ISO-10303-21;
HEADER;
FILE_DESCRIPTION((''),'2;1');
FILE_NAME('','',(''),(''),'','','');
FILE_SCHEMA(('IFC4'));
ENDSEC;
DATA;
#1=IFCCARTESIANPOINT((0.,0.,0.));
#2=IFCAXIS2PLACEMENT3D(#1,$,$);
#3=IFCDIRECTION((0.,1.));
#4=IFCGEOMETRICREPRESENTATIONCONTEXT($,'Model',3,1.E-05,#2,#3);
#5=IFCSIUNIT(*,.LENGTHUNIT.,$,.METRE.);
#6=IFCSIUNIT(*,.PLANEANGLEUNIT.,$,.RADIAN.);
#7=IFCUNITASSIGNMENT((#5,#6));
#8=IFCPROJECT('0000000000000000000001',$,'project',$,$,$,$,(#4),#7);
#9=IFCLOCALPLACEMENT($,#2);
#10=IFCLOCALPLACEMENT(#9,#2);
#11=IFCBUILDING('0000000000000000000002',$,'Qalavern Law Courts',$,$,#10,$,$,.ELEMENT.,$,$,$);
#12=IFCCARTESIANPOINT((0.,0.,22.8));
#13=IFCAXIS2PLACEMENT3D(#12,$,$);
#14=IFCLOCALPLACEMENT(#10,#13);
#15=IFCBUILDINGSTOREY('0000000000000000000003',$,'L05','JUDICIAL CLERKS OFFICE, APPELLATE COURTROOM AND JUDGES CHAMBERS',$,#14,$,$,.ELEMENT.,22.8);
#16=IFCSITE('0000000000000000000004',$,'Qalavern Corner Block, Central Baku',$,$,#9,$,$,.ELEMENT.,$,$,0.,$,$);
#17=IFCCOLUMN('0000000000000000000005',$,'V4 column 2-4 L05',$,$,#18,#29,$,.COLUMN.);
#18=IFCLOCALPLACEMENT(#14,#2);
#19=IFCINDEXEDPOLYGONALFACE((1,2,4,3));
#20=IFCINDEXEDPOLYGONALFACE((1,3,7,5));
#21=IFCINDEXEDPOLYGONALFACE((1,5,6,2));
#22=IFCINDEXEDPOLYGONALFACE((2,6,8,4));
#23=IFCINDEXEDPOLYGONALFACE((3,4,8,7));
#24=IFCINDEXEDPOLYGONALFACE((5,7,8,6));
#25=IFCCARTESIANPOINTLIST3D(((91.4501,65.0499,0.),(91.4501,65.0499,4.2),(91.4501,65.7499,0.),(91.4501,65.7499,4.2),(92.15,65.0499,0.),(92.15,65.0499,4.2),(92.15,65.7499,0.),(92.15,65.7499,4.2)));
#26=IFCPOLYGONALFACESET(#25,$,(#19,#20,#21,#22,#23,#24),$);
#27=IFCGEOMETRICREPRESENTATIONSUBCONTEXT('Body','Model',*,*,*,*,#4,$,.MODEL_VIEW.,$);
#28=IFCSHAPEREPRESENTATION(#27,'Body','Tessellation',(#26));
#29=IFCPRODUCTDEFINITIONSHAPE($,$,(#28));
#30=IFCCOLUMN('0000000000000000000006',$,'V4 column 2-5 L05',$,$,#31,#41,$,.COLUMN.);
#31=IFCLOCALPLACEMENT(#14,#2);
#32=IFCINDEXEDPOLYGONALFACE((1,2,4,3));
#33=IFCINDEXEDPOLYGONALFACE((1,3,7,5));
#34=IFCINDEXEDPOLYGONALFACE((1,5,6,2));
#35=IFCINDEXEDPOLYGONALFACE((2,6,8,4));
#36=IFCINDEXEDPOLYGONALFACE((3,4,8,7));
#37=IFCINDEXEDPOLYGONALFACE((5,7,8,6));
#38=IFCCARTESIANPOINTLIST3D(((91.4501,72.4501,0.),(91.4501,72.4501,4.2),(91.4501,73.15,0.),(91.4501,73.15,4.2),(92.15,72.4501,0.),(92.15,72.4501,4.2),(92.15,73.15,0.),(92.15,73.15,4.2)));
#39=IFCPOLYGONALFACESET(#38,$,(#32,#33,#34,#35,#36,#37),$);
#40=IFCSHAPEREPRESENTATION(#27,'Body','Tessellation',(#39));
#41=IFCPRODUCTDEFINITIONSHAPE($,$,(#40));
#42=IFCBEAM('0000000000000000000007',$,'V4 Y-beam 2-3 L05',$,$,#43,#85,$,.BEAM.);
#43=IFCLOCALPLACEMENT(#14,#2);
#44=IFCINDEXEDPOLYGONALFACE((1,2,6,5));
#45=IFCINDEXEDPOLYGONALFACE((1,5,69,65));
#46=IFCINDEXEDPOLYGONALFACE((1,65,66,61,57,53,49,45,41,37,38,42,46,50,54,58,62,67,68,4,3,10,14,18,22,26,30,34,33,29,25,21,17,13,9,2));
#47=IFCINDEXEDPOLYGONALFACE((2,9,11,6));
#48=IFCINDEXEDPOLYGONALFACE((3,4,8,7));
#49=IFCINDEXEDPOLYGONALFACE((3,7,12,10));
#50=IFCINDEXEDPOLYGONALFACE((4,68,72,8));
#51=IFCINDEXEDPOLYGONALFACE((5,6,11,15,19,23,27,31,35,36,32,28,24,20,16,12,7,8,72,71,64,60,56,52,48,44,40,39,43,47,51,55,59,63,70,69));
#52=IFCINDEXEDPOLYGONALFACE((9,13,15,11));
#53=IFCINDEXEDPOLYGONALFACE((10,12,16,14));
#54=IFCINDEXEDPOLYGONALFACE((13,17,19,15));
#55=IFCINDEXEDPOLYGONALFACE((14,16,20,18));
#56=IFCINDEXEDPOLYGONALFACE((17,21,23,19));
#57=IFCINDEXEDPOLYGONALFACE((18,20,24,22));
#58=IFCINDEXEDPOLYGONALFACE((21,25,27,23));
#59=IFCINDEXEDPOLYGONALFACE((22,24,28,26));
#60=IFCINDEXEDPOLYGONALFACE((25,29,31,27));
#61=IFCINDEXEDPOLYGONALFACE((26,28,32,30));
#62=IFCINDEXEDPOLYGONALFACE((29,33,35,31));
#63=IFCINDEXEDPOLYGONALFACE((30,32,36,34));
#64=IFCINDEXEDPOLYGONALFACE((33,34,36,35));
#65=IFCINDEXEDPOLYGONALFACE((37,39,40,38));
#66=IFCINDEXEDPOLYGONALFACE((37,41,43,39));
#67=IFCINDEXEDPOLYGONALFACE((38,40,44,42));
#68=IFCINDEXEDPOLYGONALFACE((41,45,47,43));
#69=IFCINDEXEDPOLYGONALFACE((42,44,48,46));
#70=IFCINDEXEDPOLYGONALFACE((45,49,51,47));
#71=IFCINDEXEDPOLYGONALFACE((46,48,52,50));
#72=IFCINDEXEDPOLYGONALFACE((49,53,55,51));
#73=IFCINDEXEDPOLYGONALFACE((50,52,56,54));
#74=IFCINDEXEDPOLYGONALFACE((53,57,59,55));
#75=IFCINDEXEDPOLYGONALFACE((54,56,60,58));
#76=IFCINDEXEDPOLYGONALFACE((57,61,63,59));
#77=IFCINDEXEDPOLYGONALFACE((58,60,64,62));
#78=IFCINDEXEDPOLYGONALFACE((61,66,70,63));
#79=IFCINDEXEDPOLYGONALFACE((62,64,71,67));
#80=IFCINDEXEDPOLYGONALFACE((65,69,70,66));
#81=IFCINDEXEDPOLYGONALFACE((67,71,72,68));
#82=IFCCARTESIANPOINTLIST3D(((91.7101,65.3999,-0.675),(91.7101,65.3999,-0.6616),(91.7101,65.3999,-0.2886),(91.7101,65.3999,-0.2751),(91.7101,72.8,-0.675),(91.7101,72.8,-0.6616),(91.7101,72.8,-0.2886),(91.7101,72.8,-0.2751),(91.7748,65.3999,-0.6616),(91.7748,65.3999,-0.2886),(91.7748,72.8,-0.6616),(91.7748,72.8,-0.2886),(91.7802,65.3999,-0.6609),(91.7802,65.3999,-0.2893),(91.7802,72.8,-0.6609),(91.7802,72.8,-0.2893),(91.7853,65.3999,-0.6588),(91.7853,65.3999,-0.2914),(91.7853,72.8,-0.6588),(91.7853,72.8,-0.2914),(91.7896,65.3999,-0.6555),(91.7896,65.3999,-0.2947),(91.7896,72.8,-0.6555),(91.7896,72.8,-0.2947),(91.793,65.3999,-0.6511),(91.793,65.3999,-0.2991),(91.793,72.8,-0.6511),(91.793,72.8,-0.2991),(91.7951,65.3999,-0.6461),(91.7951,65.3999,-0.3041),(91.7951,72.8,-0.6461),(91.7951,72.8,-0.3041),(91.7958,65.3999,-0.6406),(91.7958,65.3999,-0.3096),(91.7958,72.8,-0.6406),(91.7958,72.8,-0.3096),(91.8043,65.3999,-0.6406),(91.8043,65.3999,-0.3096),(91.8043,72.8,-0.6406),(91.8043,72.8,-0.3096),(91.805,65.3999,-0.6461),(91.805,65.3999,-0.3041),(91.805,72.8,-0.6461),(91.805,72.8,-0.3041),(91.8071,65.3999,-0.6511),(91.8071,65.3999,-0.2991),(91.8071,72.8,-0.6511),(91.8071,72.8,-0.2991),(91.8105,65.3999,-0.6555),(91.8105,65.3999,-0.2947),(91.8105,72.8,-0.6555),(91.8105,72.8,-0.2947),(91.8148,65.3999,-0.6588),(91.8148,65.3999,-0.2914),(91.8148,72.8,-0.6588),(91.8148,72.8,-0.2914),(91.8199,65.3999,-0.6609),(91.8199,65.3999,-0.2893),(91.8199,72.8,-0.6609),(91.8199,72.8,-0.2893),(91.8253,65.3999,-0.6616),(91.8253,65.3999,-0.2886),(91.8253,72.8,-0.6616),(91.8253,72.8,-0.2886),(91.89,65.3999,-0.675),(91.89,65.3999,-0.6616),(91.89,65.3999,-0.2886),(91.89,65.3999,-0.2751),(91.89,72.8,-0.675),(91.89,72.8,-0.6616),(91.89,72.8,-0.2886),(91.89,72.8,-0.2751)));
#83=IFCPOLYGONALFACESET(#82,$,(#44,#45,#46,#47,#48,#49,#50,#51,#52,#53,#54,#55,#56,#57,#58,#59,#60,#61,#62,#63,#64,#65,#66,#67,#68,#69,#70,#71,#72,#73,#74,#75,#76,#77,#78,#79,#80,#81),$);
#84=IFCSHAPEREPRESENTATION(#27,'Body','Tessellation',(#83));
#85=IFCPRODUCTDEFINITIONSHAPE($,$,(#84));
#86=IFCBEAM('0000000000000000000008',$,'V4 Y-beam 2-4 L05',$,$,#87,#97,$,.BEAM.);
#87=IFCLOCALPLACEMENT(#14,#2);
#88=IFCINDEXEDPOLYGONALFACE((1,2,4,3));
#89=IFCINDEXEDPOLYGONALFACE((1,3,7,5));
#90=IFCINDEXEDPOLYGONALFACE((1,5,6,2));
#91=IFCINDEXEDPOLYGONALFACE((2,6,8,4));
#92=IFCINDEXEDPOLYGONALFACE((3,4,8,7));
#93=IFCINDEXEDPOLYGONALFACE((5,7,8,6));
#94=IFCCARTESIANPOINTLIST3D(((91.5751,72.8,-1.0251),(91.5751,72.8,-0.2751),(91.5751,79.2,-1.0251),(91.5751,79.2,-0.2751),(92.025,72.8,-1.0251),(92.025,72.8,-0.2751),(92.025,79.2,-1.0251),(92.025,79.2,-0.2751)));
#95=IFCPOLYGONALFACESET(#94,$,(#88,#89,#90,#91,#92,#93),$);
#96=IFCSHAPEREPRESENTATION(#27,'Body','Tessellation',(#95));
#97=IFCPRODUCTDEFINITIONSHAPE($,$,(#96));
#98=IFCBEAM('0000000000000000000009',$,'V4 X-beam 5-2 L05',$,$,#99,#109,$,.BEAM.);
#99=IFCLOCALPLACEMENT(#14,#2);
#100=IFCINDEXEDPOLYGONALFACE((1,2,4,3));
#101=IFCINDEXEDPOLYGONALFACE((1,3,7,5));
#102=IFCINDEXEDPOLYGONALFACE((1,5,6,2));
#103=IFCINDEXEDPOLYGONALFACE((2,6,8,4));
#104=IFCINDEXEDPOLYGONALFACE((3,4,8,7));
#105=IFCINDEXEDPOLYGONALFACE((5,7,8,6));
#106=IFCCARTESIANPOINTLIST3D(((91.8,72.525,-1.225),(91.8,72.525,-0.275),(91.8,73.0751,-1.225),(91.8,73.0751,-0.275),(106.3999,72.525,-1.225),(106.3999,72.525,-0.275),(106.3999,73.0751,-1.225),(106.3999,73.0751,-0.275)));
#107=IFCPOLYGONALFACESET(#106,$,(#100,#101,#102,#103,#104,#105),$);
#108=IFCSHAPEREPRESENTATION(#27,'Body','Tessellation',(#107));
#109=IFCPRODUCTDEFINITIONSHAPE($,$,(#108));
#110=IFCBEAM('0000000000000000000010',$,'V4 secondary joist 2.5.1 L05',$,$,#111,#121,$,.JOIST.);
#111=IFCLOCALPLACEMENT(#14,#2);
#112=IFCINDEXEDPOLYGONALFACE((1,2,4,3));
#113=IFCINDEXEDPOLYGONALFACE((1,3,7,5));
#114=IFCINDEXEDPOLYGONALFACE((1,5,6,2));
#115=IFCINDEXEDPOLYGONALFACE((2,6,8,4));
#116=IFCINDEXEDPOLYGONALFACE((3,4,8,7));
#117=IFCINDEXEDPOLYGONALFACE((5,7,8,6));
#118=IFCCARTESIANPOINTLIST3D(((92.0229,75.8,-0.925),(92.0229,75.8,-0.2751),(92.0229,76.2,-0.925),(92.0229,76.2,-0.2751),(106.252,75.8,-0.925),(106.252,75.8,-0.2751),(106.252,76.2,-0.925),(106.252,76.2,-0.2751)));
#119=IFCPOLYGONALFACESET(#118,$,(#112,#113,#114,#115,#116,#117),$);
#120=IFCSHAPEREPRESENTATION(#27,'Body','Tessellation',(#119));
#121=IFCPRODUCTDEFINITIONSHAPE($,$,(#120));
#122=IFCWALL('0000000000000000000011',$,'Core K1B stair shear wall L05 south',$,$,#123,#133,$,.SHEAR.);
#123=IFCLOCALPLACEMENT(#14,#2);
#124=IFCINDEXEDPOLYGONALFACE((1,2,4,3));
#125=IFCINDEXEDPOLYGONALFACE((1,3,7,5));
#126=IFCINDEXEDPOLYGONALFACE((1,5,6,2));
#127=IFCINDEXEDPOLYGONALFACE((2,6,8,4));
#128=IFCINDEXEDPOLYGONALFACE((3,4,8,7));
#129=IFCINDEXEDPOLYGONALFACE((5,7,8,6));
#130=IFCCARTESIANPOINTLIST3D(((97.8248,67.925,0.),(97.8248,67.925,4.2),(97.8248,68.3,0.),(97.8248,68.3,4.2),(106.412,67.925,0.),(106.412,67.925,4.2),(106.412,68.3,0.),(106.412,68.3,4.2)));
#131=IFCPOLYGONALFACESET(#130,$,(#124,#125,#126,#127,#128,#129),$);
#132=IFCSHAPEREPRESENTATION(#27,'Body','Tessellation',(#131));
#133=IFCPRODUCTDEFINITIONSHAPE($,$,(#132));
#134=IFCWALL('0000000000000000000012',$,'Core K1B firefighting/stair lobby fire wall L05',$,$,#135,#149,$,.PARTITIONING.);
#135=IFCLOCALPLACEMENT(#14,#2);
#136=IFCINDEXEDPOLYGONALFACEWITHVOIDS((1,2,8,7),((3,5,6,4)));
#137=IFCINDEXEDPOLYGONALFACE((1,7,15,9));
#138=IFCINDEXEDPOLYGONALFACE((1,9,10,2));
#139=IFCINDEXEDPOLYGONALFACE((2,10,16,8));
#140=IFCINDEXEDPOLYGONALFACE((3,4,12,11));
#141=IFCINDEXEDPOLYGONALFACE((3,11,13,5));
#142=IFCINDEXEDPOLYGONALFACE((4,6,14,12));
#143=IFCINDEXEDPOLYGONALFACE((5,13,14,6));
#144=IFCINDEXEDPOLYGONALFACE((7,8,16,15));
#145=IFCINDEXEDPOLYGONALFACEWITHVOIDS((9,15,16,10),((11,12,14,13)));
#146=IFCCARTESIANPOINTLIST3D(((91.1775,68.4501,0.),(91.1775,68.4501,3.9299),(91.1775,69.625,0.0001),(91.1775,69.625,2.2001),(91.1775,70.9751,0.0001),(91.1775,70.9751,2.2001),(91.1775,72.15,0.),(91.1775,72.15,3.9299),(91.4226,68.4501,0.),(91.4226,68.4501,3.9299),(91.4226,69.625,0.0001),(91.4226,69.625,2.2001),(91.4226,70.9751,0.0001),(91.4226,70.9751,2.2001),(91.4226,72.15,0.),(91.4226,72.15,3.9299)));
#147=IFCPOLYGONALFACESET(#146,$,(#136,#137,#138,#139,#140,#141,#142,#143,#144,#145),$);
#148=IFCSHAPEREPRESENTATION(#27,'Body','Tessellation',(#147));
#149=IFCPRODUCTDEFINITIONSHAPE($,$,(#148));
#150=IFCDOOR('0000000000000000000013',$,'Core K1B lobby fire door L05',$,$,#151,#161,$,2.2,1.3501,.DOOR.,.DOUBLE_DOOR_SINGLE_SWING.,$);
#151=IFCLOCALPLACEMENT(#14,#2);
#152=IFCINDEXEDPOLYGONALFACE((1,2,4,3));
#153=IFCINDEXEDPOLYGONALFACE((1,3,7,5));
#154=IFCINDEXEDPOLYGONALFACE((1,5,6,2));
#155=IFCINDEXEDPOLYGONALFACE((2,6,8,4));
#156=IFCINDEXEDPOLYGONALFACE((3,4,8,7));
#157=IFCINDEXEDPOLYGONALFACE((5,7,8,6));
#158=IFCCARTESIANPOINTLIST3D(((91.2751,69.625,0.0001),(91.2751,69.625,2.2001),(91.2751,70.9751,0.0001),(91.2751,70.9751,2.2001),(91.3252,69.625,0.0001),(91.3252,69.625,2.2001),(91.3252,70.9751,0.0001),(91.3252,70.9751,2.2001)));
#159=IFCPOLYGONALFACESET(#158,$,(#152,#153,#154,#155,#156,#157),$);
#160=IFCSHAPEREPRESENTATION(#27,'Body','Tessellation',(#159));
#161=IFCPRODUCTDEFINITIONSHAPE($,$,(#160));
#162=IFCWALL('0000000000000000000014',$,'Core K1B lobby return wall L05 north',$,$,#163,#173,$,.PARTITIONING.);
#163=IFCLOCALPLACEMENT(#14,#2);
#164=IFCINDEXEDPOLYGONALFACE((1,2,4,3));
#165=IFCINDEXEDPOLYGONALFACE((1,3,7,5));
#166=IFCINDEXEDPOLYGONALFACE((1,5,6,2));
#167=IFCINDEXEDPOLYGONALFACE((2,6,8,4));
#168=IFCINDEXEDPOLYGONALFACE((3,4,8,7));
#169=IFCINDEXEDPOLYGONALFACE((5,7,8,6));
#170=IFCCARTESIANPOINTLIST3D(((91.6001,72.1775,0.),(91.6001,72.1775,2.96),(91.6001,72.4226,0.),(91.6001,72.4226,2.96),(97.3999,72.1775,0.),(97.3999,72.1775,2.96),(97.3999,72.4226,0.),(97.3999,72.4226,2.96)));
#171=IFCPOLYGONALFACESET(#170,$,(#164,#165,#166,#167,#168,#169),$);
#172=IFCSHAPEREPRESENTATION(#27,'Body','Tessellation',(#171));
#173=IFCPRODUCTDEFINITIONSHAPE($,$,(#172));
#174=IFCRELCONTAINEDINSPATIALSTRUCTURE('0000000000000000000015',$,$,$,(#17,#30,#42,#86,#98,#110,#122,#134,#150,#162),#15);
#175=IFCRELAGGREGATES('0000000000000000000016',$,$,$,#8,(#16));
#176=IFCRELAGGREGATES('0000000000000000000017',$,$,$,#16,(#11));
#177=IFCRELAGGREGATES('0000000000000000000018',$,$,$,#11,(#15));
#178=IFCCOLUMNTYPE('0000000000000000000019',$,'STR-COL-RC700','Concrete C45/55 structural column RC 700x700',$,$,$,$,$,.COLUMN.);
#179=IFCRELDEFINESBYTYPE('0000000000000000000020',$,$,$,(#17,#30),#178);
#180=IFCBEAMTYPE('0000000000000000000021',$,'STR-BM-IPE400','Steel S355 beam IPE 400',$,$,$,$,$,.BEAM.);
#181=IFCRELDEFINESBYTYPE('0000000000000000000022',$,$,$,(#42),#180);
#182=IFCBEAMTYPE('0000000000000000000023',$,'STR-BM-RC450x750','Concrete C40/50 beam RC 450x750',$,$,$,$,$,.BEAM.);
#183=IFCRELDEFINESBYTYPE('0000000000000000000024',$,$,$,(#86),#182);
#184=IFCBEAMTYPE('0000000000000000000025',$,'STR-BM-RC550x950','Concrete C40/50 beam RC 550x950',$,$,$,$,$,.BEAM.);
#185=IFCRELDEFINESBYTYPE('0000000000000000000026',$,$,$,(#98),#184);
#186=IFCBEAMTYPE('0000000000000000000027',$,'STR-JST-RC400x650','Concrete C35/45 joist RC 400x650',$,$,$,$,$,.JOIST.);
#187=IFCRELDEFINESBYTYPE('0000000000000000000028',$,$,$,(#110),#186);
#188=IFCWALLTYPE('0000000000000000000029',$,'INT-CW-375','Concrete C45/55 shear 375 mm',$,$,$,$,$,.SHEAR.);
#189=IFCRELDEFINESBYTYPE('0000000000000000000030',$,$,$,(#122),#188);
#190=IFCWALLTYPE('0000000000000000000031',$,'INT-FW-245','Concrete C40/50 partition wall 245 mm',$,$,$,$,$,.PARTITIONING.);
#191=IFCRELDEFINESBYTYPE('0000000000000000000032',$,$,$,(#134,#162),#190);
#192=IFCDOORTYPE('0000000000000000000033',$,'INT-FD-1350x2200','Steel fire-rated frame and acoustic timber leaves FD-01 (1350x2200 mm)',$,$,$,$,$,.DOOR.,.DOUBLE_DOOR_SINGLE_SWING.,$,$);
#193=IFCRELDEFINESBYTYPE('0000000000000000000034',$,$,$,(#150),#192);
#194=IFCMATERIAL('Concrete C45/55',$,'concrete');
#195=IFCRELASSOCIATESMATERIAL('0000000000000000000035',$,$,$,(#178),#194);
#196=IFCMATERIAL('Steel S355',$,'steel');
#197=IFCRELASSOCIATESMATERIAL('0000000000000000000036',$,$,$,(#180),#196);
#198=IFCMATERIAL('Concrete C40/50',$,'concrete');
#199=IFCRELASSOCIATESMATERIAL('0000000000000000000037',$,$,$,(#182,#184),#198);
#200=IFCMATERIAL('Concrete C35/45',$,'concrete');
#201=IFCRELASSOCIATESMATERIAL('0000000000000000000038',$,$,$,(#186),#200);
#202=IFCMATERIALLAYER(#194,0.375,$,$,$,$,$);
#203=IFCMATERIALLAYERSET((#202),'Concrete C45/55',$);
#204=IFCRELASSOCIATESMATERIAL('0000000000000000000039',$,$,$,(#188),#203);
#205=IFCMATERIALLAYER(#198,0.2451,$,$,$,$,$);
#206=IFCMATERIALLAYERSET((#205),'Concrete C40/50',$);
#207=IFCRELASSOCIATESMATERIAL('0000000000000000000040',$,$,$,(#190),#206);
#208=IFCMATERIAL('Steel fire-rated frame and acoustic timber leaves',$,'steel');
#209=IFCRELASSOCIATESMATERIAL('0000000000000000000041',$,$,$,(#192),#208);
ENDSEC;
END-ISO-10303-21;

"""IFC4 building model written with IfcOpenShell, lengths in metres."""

from ifc_helpers import new_model, si_unit, direction, frame, frame_2d, origin, origin_2d, place, context, subcontext, project, spatial, rectangle, i_section, extrude, material, layer, layer_set, material_profile, profile_set, type_object, element, fill, save


model = new_model("IFC4")

# Units and contexts
model_context = context("Model", 3, precision=1e-05, world=origin(), true_north=direction((0.0, 1.0)))
body_context = subcontext(model_context, "Body", "Model", "MODEL_VIEW")
ifc_project = project(units=[si_unit("LENGTHUNIT", "METRE"), si_unit("PLANEANGLEUNIT", "RADIAN")], contexts=[model_context])

# Site, building, storey
site_placement = place(None, origin())
site = spatial("IfcSite", under=ifc_project, at=site_placement, Name="Qalavern Corner Block, Central Baku", CompositionType="ELEMENT", RefElevation=0.0)
building_placement = place(site_placement, origin())
building = spatial("IfcBuilding", under=site, at=building_placement, Name="Qalavern Law Courts", CompositionType="ELEMENT")
storey_placement = place(building_placement, frame((0.0, 0.0, 22.8)))
storey = spatial("IfcBuildingStorey", under=building, at=storey_placement, Name="L05", Description="JUDICIAL CLERKS OFFICE, APPELLATE COURTROOM AND JUDGES CHAMBERS", CompositionType="ELEMENT", Elevation=22.8)

# Columns
ifc_material_1 = material(Name="Concrete C45/55", Category="concrete")
ifc_material_profile_1 = material_profile(ifc_material_1, rectangle(XDim=0.7, YDim=0.7, at=origin_2d()), Name="RC 700x700")
ifc_profile_set_1 = profile_set([ifc_material_profile_1], Name="Concrete C45/55")
column_type = type_object("IfcColumnType", Name="STR-COL-RC700", Description="Concrete C45/55 structural column RC 700x700", PredefinedType="COLUMN", material=ifc_profile_set_1)
for number, where, z_axis, x_axis, name in (
    (1, (91.8, 65.3999, 0.0), (0.0, 0.0, 1.0), (1.0, 0.0, 0.0), "V4 column 2-4 L05"),
    (2, (91.8, 72.8, 0.0), (0.0, 0.0, 1.0), (1.0, 0.0, 0.0), "V4 column 2-5 L05"),
):
    element("IfcColumn", number, at=place(storey_placement, frame(where, z_axis=z_axis, x_axis=x_axis)), inside=storey, type_object=column_type, Name=name, PredefinedType="COLUMN", context=body_context, shape_type="SweptSolid", body=[
        extrude(rectangle(XDim=0.7, YDim=0.7, at=origin_2d()), origin(), (0.0, 0.0, 1.0), 4.2),
    ])

# Beams
ifc_material_2 = material(Name="Steel S355", Category="steel")
ifc_material_profile_2 = material_profile(ifc_material_2, i_section(OverallWidth=0.1799, OverallDepth=0.3999, WebThickness=0.0085, FlangeThickness=0.0134, FilletRadius=0.021, at=origin_2d()), Name="IPE 400")
ifc_profile_set_2 = profile_set([ifc_material_profile_2], Name="Steel S355")
beam_type_1 = type_object("IfcBeamType", Name="STR-BM-IPE400", Description="Steel S355 beam IPE 400", PredefinedType="BEAM", material=ifc_profile_set_2)
beam_1_placement = place(storey_placement, frame((91.8, 65.3999, -0.4751), z_axis=(0.0, 1.0, 0.0), x_axis=(-1.0, 0.0, 0.0)))
element("IfcBeam", 3, at=beam_1_placement, inside=storey, type_object=beam_type_1, Name="V4 Y-beam 2-3 L05", PredefinedType="BEAM", context=body_context, shape_type="SweptSolid", body=[
    extrude(i_section(OverallWidth=0.1799, OverallDepth=0.3999, WebThickness=0.0085, FlangeThickness=0.0134, FilletRadius=0.021, at=origin_2d()), origin(), (0.0, 0.0, 1.0), 7.4001),
])
ifc_material_3 = material(Name="Concrete C40/50", Category="concrete")
ifc_material_profile_3 = material_profile(ifc_material_3, rectangle(XDim=0.45, YDim=0.75, at=origin_2d()), Name="RC 450x750")
ifc_profile_set_3 = profile_set([ifc_material_profile_3], Name="Concrete C40/50")
beam_type_2 = type_object("IfcBeamType", Name="STR-BM-RC450x750", Description="Concrete C40/50 beam RC 450x750", PredefinedType="BEAM", material=ifc_profile_set_3)
beam_2_placement = place(storey_placement, frame((91.8, 72.8, -0.6501), z_axis=(0.0, 1.0, 0.0), x_axis=(-1.0, 0.0, 0.0)))
element("IfcBeam", 4, at=beam_2_placement, inside=storey, type_object=beam_type_2, Name="V4 Y-beam 2-4 L05", PredefinedType="BEAM", context=body_context, shape_type="SweptSolid", body=[
    extrude(rectangle(XDim=0.45, YDim=0.75, at=origin_2d()), origin(), (0.0, 0.0, 1.0), 6.3999),
])
ifc_material_profile_4 = material_profile(ifc_material_3, rectangle(XDim=0.55, YDim=0.95, at=origin_2d()), Name="RC 550x950")
ifc_profile_set_4 = profile_set([ifc_material_profile_4], Name="Concrete C40/50")
beam_type_3 = type_object("IfcBeamType", Name="STR-BM-RC550x950", Description="Concrete C40/50 beam RC 550x950", PredefinedType="BEAM", material=ifc_profile_set_4)
beam_3_placement = place(storey_placement, frame((91.8, 72.8, -0.75), z_axis=(1.0, 0.0, 0.0), x_axis=(0.0, 1.0, 0.0)))
element("IfcBeam", 5, at=beam_3_placement, inside=storey, type_object=beam_type_3, Name="V4 X-beam 5-2 L05", PredefinedType="BEAM", context=body_context, shape_type="SweptSolid", body=[
    extrude(rectangle(XDim=0.55, YDim=0.95, at=origin_2d()), origin(), (0.0, 0.0, 1.0), 14.5999),
])
ifc_material_4 = material(Name="Concrete C35/45", Category="concrete")
ifc_material_profile_5 = material_profile(ifc_material_4, rectangle(XDim=0.3999, YDim=0.6499, at=origin_2d()), Name="RC 400x650")
ifc_profile_set_5 = profile_set([ifc_material_profile_5], Name="Concrete C35/45")
beam_type_4 = type_object("IfcBeamType", Name="STR-JST-RC400x650", Description="Concrete C35/45 joist RC 400x650", PredefinedType="JOIST", material=ifc_profile_set_5)
beam_4_placement = place(storey_placement, frame((92.0229, 76.0, -0.6001), z_axis=(1.0, 0.0, 0.0), x_axis=(0.0, 1.0, 0.0)))
element("IfcBeam", 6, at=beam_4_placement, inside=storey, type_object=beam_type_4, Name="V4 secondary joist 2.5.1 L05", PredefinedType="JOIST", context=body_context, shape_type="SweptSolid", body=[
    extrude(rectangle(XDim=0.3999, YDim=0.6499, at=origin_2d()), origin(), (0.0, 0.0, 1.0), 14.229),
])

# Wall
ifc_layer_1 = layer(ifc_material_1, 0.375)
ifc_layer_set_1 = layer_set([ifc_layer_1], Name="Concrete C45/55")
wall_type_1 = type_object("IfcWallType", Name="INT-CW-375", Description="Concrete C45/55 shear 375 mm", PredefinedType="SHEAR", material=ifc_layer_set_1)
wall_1_placement = place(storey_placement, frame((97.825, 68.1125, 0.0), z_axis=(0.0, 0.0, 1.0), x_axis=(1.0, 0.0, 0.0)))
element("IfcWall", 7, at=wall_1_placement, inside=storey, type_object=wall_type_1, Name="Core K1B stair shear wall L05 south", PredefinedType="SHEAR", context=body_context, shape_type="SweptSolid", body=[
    extrude(rectangle(XDim=8.5872, YDim=0.375, at=frame_2d((4.2935, 0.0))), origin(), (0.0, 0.0, 1.0), 4.2),
])

# Wall, opening, door
ifc_layer_2 = layer(ifc_material_3, 0.2451)
ifc_layer_set_2 = layer_set([ifc_layer_2], Name="Concrete C40/50")
wall_type_2 = type_object("IfcWallType", Name="INT-FW-245", Description="Concrete C40/50 partition wall 245 mm", PredefinedType="PARTITIONING", material=ifc_layer_set_2)
wall_2_placement = place(storey_placement, frame((91.3, 68.45, 0.0), z_axis=(0.0, 0.0, 1.0), x_axis=(0.0, 1.0, 0.0)))
wall_2 = element("IfcWall", 8, at=wall_2_placement, inside=storey, type_object=wall_type_2, Name="Core K1B firefighting/stair lobby fire wall L05", PredefinedType="PARTITIONING", context=body_context, shape_type="SweptSolid", body=[
    extrude(rectangle(XDim=3.7, YDim=0.2451, at=frame_2d((1.8501, 0.0))), origin(), (0.0, 0.0, 1.0), 3.9299),
])
opening_1_placement = place(wall_2_placement, frame((1.175, 0.0, 0.0)))
opening_1 = element("IfcOpeningElement", 9, at=opening_1_placement, cuts=wall_2, PredefinedType="OPENING", context=body_context, shape_type="SweptSolid", body=[
    extrude(rectangle(XDim=1.3501, YDim=2.2, at=frame_2d((0.675, 1.1001))), frame((0.0, 0.1375, 0.0), z_axis=(0.0, -1.0, 0.0), x_axis=(1.0, 0.0, 0.0)), (0.0, 0.0, 1.0), 0.2749),
])
ifc_material_5 = material(Name="Steel fire-rated frame and acoustic timber leaves", Category="steel")
door_type_1 = type_object("IfcDoorType", Name="INT-FD-1350x2200", Description="Steel fire-rated frame and acoustic timber leaves FD-01 (1350x2200 mm)", OperationType="DOUBLE_DOOR_SINGLE_SWING", PredefinedType="DOOR", material=ifc_material_5)
door_1_placement = place(opening_1_placement, origin())
door_1 = element("IfcDoor", 10, at=door_1_placement, inside=storey, type_object=door_type_1, Name="Core K1B lobby fire door L05", OperationType="DOUBLE_DOOR_SINGLE_SWING", OverallHeight=2.2, OverallWidth=1.3501, PredefinedType="DOOR", context=body_context, shape_type="SweptSolid", body=[
    extrude(rectangle(XDim=1.3501, YDim=2.2, at=frame_2d((0.675, 1.1001))), frame((0.0, 0.0249, 0.0), z_axis=(0.0, -1.0, 0.0), x_axis=(1.0, 0.0, 0.0)), (0.0, 0.0, 1.0), 0.05),
])
fill(opening_1, door_1)

# Wall
wall_3_placement = place(storey_placement, frame((91.6001, 72.3, 0.0), z_axis=(0.0, 0.0, 1.0), x_axis=(1.0, 0.0, 0.0)))
element("IfcWall", 11, at=wall_3_placement, inside=storey, type_object=wall_type_2, Name="Core K1B lobby return wall L05 north", PredefinedType="PARTITIONING", context=body_context, shape_type="SweptSolid", body=[
    extrude(rectangle(XDim=5.7998, YDim=0.2451, at=frame_2d((2.8999, 0.0))), origin(), (0.0, 0.0, 1.0), 2.96),
])

save(model, "model.ifc")
